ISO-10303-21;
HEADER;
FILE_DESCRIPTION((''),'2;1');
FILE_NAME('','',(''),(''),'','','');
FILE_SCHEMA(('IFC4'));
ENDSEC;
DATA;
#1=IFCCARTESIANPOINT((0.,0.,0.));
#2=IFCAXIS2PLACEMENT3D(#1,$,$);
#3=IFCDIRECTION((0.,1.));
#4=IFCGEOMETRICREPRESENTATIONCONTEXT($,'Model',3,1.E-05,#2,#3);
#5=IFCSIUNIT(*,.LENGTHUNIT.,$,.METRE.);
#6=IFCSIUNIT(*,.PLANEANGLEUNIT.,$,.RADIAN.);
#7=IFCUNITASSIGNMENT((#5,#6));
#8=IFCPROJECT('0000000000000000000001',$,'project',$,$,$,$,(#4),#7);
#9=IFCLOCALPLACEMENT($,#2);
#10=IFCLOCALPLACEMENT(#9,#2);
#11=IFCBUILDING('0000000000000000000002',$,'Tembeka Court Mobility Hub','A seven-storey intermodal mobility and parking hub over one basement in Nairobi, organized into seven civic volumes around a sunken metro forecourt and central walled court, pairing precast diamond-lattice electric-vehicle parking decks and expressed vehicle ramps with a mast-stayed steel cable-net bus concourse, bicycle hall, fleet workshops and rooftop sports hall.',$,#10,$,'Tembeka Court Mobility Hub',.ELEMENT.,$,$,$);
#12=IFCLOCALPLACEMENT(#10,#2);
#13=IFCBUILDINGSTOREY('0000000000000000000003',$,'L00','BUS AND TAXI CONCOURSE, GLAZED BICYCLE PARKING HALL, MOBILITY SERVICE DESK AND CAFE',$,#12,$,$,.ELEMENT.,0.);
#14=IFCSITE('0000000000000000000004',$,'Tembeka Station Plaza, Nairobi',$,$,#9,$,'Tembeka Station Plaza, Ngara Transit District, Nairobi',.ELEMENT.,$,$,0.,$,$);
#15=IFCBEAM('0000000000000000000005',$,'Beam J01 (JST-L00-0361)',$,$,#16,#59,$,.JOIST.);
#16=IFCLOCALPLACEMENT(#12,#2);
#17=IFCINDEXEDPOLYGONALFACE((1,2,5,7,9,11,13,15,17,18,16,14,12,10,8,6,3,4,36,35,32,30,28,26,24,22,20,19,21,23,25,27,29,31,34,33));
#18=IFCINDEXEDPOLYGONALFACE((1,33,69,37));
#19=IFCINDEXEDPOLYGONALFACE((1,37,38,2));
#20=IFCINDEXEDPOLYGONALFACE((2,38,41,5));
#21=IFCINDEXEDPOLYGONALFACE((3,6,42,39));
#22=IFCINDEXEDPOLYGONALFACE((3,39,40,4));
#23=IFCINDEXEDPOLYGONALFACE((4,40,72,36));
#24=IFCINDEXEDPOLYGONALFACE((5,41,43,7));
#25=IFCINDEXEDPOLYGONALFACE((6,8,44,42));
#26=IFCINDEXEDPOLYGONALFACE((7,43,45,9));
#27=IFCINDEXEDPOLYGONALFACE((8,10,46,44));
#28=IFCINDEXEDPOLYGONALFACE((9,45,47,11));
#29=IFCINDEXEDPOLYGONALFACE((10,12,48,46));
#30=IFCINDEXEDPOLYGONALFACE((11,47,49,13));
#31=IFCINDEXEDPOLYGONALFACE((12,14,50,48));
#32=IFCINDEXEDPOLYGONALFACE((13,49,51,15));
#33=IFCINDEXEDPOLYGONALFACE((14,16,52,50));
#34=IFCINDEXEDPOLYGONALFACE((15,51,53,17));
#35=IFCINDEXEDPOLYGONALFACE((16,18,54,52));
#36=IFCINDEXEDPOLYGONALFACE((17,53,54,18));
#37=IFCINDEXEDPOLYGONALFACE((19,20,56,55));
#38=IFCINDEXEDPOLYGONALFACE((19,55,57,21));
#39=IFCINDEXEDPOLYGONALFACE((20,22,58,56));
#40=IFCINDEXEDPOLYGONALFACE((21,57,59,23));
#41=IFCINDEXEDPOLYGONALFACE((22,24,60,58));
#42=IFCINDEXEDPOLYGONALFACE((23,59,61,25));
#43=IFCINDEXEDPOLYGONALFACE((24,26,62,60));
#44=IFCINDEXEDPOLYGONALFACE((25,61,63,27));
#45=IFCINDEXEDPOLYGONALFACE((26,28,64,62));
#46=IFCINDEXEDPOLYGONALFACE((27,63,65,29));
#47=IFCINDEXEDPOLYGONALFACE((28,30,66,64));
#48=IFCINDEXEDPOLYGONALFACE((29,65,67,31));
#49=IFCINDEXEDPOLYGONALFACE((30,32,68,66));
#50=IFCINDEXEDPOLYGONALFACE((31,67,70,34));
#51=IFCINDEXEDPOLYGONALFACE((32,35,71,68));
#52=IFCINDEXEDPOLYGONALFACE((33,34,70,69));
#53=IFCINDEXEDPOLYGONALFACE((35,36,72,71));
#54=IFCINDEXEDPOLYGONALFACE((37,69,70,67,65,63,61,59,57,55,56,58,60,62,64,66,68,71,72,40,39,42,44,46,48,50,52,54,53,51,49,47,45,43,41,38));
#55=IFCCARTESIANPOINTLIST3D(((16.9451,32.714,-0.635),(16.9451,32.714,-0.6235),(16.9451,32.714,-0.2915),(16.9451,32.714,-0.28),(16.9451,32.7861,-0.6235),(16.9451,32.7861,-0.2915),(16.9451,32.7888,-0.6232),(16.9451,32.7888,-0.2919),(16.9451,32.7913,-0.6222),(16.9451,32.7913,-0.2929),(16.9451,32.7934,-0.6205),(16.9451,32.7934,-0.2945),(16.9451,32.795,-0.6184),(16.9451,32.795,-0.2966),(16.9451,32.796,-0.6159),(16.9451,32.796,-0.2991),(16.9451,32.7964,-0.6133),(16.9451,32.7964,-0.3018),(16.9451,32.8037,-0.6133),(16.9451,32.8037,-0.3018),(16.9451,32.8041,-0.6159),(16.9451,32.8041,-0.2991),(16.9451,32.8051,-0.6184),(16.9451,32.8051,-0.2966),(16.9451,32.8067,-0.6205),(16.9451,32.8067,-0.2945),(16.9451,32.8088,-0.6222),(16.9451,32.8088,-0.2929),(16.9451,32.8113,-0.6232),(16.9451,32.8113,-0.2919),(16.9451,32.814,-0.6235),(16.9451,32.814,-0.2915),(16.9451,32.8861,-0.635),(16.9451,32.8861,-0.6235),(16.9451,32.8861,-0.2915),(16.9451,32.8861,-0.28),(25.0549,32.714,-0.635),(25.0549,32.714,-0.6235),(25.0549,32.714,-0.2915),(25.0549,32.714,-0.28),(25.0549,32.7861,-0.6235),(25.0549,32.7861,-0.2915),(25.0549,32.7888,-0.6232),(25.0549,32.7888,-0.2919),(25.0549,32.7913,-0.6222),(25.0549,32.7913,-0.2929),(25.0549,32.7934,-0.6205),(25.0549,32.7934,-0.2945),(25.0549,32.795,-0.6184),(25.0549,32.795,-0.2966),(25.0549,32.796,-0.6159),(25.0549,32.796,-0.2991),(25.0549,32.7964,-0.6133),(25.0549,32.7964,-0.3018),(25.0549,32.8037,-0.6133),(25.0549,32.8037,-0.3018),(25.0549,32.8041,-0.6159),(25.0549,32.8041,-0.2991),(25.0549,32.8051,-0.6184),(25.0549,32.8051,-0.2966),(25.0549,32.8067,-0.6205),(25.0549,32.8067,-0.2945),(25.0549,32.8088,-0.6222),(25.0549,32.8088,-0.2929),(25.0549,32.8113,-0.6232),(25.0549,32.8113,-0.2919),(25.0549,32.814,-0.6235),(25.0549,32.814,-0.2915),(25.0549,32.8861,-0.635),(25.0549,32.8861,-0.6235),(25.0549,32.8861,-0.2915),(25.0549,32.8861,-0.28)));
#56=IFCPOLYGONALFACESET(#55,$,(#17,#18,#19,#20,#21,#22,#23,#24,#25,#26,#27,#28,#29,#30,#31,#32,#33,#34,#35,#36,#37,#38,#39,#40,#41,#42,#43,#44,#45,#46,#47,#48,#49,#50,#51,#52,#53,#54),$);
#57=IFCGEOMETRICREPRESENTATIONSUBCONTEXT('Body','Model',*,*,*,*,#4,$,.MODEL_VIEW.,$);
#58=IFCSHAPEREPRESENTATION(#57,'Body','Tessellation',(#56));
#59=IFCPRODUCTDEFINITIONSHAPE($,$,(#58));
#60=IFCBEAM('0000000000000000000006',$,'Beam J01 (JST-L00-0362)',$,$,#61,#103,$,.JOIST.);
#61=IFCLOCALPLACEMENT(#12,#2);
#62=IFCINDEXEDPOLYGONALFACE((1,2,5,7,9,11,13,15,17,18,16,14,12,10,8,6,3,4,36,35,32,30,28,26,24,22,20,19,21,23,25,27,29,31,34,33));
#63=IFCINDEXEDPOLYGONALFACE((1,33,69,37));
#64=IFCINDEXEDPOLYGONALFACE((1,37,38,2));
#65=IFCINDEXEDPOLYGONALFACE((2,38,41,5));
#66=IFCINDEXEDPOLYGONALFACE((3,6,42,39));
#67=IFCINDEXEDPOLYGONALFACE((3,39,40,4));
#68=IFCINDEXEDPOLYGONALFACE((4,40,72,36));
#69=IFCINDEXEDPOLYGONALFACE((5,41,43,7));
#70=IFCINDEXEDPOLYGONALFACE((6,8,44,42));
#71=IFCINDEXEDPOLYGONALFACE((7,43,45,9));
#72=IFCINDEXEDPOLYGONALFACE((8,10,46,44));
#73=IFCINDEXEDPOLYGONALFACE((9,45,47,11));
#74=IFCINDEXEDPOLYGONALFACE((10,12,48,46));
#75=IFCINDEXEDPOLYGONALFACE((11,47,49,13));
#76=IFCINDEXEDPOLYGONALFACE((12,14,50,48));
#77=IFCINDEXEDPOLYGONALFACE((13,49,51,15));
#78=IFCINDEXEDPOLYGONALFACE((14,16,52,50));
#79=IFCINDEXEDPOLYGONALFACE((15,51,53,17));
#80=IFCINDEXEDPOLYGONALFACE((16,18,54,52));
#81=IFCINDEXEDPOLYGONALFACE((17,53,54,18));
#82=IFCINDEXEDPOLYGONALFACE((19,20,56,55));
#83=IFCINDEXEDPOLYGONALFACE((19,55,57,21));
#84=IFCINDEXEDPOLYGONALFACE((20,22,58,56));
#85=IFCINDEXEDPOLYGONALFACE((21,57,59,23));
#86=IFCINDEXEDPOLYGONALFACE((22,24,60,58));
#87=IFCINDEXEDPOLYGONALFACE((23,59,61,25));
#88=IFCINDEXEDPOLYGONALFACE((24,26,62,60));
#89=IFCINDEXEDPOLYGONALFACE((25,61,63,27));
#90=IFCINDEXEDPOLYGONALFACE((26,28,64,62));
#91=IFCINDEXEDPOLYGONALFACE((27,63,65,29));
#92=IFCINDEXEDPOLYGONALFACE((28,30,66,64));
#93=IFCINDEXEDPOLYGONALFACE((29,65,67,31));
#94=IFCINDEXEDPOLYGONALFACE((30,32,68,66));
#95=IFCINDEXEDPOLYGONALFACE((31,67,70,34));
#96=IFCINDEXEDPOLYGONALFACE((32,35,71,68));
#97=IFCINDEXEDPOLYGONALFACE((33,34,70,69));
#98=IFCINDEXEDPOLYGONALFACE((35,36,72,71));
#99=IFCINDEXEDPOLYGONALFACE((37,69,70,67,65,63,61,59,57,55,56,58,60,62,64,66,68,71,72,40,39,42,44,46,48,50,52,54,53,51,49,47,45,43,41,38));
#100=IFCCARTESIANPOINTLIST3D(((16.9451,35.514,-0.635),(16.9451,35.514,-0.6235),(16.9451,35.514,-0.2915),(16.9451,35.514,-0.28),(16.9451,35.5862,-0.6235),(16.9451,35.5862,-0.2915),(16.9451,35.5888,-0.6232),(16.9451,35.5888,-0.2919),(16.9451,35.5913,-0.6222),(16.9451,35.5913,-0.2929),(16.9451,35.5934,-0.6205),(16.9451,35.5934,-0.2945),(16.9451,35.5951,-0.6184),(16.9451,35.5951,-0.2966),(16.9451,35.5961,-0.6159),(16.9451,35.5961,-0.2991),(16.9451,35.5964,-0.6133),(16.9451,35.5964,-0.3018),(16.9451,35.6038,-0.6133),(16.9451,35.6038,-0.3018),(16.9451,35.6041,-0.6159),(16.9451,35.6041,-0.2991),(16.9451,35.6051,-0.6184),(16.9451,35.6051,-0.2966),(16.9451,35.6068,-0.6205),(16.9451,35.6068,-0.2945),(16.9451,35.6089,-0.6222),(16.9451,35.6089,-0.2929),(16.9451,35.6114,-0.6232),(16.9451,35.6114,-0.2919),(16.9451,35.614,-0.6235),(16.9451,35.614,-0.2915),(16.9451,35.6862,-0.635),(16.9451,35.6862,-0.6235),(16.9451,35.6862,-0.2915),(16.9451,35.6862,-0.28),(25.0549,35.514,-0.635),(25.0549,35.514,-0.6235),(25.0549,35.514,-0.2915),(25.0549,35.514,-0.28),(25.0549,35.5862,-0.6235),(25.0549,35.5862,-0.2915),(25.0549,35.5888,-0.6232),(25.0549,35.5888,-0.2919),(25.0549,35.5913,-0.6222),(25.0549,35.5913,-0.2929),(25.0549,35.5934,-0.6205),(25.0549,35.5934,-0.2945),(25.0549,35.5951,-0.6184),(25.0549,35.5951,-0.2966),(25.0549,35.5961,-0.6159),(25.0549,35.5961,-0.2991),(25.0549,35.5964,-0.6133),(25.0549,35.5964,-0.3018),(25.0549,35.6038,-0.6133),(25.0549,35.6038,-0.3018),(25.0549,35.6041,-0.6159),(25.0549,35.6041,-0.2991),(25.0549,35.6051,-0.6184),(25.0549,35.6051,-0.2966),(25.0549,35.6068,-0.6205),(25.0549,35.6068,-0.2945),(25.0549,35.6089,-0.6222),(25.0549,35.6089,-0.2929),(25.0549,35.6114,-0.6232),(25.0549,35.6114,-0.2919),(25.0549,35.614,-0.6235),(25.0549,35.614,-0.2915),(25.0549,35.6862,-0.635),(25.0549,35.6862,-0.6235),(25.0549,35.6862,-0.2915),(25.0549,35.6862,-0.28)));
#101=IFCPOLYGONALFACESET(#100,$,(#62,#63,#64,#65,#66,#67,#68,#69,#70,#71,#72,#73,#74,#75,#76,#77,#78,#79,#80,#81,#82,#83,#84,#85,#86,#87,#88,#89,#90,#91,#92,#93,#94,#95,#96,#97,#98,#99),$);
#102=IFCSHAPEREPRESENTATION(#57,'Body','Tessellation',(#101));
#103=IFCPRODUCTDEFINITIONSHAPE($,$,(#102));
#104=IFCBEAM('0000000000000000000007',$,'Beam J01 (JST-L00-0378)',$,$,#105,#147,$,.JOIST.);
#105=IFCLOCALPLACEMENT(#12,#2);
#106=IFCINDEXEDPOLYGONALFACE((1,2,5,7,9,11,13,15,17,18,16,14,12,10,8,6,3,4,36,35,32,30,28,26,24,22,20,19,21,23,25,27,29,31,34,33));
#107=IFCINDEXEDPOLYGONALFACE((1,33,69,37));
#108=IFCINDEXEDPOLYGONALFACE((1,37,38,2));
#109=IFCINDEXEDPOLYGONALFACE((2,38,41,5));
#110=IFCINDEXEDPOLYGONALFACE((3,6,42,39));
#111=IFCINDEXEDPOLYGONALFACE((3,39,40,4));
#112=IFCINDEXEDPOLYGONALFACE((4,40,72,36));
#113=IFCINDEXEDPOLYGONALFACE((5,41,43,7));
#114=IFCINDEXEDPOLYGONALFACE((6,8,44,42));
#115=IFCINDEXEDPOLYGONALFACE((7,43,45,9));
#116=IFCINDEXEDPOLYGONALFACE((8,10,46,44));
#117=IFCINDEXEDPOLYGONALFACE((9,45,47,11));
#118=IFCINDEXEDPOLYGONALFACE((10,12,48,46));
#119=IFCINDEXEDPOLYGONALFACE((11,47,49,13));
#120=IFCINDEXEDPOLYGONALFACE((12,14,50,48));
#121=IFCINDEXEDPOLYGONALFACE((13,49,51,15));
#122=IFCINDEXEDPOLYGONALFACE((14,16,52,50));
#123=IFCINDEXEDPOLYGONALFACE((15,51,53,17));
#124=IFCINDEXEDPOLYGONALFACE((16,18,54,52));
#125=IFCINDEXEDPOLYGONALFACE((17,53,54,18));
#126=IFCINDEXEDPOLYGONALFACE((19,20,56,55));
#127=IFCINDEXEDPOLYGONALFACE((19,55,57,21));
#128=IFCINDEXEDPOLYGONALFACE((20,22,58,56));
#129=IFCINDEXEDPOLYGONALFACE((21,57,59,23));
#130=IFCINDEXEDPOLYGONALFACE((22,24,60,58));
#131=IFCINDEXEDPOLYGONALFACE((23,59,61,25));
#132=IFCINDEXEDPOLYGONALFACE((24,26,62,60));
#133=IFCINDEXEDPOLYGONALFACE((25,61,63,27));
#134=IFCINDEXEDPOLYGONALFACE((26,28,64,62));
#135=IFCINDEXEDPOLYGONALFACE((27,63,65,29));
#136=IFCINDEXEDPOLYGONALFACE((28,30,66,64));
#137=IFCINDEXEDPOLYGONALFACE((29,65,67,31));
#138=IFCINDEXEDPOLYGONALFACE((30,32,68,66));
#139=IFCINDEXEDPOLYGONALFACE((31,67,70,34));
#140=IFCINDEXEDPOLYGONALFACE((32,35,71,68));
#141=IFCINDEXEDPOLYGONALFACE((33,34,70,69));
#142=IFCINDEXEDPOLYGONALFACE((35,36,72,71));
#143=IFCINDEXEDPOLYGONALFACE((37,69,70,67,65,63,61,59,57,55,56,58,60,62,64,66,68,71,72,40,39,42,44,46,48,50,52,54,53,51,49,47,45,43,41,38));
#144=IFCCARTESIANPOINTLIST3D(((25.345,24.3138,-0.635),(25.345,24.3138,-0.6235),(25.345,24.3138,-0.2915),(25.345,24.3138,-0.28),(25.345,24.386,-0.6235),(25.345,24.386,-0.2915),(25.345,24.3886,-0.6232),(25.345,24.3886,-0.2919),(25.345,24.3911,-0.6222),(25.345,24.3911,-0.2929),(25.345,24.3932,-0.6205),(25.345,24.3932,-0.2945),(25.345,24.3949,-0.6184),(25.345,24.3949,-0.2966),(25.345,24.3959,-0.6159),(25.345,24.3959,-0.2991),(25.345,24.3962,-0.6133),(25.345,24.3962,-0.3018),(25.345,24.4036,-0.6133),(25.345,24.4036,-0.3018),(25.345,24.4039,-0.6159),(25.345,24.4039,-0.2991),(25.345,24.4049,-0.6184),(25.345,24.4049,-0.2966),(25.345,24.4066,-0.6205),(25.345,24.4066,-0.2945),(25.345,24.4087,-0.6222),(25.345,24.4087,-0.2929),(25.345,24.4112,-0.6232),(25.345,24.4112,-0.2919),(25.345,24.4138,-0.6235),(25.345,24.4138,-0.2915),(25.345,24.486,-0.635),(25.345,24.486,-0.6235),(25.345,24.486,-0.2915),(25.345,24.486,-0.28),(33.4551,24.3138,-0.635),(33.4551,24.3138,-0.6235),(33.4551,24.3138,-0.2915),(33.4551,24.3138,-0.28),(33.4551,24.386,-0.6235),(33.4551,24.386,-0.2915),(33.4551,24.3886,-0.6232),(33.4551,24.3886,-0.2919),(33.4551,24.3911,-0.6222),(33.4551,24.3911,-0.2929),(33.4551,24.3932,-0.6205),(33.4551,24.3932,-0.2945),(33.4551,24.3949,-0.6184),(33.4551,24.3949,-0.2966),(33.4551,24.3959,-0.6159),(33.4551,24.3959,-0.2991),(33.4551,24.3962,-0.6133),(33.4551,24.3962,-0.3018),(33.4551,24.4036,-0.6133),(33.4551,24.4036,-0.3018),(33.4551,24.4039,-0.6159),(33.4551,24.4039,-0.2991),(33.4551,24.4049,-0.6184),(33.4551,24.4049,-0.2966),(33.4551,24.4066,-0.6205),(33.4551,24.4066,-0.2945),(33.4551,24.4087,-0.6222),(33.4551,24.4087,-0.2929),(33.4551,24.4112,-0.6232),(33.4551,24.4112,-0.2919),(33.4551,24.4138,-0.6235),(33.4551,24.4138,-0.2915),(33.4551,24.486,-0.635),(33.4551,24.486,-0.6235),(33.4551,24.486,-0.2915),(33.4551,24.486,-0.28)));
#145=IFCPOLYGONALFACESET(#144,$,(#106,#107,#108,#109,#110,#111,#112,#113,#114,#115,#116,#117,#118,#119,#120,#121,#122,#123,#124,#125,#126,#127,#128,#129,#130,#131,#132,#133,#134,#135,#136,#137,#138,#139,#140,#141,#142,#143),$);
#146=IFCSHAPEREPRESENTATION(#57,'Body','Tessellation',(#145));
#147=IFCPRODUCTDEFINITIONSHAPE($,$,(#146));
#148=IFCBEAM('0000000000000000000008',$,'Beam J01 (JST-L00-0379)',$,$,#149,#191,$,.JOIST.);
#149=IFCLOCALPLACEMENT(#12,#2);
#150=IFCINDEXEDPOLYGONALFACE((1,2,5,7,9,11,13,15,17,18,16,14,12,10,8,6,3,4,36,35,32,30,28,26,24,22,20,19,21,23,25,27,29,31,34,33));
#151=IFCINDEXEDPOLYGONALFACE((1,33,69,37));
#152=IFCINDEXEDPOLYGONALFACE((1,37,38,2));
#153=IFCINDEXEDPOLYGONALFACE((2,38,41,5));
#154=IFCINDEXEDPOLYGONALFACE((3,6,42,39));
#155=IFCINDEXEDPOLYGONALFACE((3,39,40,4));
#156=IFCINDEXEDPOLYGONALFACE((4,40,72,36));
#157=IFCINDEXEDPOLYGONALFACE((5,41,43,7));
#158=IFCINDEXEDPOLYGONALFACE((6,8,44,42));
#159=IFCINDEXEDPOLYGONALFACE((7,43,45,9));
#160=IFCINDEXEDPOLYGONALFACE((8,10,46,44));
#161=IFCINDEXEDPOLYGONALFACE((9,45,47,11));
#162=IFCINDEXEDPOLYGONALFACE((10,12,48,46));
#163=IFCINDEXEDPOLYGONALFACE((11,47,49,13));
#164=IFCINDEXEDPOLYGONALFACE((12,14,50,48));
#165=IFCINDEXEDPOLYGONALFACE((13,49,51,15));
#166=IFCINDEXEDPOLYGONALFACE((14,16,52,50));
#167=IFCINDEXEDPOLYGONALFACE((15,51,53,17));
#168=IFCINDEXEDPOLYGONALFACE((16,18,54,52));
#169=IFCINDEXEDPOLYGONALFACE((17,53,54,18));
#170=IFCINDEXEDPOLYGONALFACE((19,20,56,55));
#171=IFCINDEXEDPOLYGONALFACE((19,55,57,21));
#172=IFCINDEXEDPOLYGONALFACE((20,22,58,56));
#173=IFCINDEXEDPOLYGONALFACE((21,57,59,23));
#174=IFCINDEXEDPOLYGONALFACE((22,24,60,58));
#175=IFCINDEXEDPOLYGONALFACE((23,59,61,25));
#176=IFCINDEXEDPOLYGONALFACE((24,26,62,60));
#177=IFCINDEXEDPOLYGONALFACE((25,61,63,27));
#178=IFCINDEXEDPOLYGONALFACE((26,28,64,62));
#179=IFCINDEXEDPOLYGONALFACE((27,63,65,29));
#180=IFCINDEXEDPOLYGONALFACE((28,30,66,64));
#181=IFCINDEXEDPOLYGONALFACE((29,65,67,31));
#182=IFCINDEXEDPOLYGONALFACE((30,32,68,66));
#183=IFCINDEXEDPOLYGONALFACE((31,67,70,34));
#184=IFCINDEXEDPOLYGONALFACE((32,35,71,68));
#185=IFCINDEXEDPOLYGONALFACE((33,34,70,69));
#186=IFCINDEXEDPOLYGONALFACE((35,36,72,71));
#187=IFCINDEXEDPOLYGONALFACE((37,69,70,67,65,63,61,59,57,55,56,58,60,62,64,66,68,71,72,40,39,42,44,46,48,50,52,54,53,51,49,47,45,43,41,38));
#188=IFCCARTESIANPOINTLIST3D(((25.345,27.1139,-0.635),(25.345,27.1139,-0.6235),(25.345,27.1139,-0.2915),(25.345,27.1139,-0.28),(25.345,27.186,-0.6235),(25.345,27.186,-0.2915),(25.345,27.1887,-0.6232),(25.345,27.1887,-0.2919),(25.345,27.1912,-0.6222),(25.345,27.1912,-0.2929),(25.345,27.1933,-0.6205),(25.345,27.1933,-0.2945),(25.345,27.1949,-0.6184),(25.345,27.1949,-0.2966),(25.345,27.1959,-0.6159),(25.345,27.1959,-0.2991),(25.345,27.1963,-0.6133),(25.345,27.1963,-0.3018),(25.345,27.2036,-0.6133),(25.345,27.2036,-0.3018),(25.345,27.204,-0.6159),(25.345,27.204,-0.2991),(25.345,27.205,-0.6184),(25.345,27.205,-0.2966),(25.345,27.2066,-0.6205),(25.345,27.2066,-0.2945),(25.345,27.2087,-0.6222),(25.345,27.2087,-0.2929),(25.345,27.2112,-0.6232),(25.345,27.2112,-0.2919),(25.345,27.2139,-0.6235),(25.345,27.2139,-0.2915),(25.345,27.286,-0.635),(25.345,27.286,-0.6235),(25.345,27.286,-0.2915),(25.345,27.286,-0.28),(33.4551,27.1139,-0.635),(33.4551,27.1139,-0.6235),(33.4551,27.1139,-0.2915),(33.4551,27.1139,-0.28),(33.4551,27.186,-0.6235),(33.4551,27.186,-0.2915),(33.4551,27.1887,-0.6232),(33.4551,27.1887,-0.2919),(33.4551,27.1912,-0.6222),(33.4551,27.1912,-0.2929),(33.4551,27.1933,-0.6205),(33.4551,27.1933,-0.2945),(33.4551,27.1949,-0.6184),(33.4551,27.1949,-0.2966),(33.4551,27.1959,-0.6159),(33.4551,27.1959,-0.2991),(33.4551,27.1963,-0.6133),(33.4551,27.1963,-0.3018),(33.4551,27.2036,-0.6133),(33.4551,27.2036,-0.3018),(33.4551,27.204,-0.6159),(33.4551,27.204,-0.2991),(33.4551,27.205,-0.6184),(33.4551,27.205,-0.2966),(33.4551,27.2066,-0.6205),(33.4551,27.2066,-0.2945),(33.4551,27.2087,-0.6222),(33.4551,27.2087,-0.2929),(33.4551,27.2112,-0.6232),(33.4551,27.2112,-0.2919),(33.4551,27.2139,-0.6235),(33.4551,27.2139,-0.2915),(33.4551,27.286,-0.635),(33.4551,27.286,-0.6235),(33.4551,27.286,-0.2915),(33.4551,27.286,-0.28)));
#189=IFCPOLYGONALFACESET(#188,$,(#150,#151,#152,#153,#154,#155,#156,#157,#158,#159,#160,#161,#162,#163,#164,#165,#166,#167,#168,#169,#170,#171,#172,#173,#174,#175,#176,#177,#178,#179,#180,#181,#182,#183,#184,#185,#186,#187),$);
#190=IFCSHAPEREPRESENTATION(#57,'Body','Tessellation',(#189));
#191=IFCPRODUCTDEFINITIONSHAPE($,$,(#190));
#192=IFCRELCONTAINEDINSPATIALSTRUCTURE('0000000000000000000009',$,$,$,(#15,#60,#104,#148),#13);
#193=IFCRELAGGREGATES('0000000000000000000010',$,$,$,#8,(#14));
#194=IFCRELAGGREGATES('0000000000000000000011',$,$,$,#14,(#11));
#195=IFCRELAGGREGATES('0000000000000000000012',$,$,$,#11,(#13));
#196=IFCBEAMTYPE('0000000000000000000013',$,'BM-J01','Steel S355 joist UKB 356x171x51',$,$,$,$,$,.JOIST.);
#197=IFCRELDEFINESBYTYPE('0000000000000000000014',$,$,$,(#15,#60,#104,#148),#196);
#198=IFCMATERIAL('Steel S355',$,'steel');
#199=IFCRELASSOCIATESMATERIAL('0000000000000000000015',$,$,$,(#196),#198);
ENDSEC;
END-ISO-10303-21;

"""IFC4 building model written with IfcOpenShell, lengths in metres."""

from ifc_helpers import new_model, si_unit, direction, frame, origin, origin_2d, place, context, subcontext, project, spatial, i_section, extrude, material, material_profile, profile_set, type_object, element, save


model = new_model("IFC4")

# Units and contexts
model_context = context("Model", 3, precision=1e-05, world=origin(), true_north=direction((0.0, 1.0)))
body_context = subcontext(model_context, "Body", "Model", "MODEL_VIEW")
ifc_project = project(units=[si_unit("LENGTHUNIT", "METRE"), si_unit("PLANEANGLEUNIT", "RADIAN")], contexts=[model_context])

# Site, building, storey
site_placement = place(None, origin())
site = spatial("IfcSite", under=ifc_project, at=site_placement, Name="Tembeka Station Plaza, Nairobi", LongName="Tembeka Station Plaza, Ngara Transit District, Nairobi", CompositionType="ELEMENT", RefElevation=0.0)
building_placement = place(site_placement, origin())
building = spatial("IfcBuilding", under=site, at=building_placement, Name="Tembeka Court Mobility Hub", Description="A seven-storey intermodal mobility and parking hub over one basement in Nairobi, organized into seven civic volumes around a sunken metro forecourt and central walled court, pairing precast diamond-lattice electric-vehicle parking decks and expressed vehicle ramps with a mast-stayed steel cable-net bus concourse, bicycle hall, fleet workshops and rooftop sports hall.", LongName="Tembeka Court Mobility Hub", CompositionType="ELEMENT")
storey_placement = place(building_placement, origin())
storey = spatial("IfcBuildingStorey", under=building, at=storey_placement, Name="L00", Description="BUS AND TAXI CONCOURSE, GLAZED BICYCLE PARKING HALL, MOBILITY SERVICE DESK AND CAFE", CompositionType="ELEMENT", Elevation=0.0)

# Shared definitions
ifc_material_1 = material(Name="Steel S355", Category="steel")

# Beams
ifc_material_profile_1 = material_profile(ifc_material_1, i_section(OverallWidth=0.1721, OverallDepth=0.355, WebThickness=0.0073, FlangeThickness=0.0115, FilletRadius=0.0103, at=origin_2d()), Name="UKB 356x171x51")
ifc_profile_set_1 = profile_set([ifc_material_profile_1], Name="Steel S355")
beam_type_1 = type_object("IfcBeamType", Name="BM-J01", Description="Steel S355 joist UKB 356x171x51", PredefinedType="JOIST", material=ifc_profile_set_1)
for number, where, z_axis, x_axis, name in (
    (1, (16.9451, 32.8, -0.4575), (1.0, 0.0, 0.0), (0.0, 1.0, 0.0), "Beam J01 (JST-L00-0361)"),
    (2, (16.9451, 35.6001, -0.4575), (1.0, 0.0, 0.0), (0.0, 1.0, 0.0), "Beam J01 (JST-L00-0362)"),
):
    element("IfcBeam", number, at=place(storey_placement, frame(where, z_axis=z_axis, x_axis=x_axis)), inside=storey, type_object=beam_type_1, Name=name, PredefinedType="JOIST", context=body_context, shape_type="SweptSolid", body=[
        extrude(i_section(OverallWidth=0.1721, OverallDepth=0.355, WebThickness=0.0073, FlangeThickness=0.0115, FilletRadius=0.0103, at=origin_2d()), origin(), (0.0, 0.0, 1.0), 8.1099),
    ])
for number, where, z_axis, x_axis, name in (
    (3, (25.345, 24.3999, -0.4575), (1.0, 0.0, 0.0), (0.0, 1.0, 0.0), "Beam J01 (JST-L00-0378)"),
    (4, (25.345, 27.2, -0.4575), (1.0, 0.0, 0.0), (0.0, 1.0, 0.0), "Beam J01 (JST-L00-0379)"),
):
    element("IfcBeam", number, at=place(storey_placement, frame(where, z_axis=z_axis, x_axis=x_axis)), inside=storey, type_object=beam_type_1, Name=name, PredefinedType="JOIST", context=body_context, shape_type="SweptSolid", body=[
        extrude(i_section(OverallWidth=0.1721, OverallDepth=0.355, WebThickness=0.0073, FlangeThickness=0.0115, FilletRadius=0.0103, at=origin_2d()), origin(), (0.0, 0.0, 1.0), 8.1101),
    ])

save(model, "model.ifc")
